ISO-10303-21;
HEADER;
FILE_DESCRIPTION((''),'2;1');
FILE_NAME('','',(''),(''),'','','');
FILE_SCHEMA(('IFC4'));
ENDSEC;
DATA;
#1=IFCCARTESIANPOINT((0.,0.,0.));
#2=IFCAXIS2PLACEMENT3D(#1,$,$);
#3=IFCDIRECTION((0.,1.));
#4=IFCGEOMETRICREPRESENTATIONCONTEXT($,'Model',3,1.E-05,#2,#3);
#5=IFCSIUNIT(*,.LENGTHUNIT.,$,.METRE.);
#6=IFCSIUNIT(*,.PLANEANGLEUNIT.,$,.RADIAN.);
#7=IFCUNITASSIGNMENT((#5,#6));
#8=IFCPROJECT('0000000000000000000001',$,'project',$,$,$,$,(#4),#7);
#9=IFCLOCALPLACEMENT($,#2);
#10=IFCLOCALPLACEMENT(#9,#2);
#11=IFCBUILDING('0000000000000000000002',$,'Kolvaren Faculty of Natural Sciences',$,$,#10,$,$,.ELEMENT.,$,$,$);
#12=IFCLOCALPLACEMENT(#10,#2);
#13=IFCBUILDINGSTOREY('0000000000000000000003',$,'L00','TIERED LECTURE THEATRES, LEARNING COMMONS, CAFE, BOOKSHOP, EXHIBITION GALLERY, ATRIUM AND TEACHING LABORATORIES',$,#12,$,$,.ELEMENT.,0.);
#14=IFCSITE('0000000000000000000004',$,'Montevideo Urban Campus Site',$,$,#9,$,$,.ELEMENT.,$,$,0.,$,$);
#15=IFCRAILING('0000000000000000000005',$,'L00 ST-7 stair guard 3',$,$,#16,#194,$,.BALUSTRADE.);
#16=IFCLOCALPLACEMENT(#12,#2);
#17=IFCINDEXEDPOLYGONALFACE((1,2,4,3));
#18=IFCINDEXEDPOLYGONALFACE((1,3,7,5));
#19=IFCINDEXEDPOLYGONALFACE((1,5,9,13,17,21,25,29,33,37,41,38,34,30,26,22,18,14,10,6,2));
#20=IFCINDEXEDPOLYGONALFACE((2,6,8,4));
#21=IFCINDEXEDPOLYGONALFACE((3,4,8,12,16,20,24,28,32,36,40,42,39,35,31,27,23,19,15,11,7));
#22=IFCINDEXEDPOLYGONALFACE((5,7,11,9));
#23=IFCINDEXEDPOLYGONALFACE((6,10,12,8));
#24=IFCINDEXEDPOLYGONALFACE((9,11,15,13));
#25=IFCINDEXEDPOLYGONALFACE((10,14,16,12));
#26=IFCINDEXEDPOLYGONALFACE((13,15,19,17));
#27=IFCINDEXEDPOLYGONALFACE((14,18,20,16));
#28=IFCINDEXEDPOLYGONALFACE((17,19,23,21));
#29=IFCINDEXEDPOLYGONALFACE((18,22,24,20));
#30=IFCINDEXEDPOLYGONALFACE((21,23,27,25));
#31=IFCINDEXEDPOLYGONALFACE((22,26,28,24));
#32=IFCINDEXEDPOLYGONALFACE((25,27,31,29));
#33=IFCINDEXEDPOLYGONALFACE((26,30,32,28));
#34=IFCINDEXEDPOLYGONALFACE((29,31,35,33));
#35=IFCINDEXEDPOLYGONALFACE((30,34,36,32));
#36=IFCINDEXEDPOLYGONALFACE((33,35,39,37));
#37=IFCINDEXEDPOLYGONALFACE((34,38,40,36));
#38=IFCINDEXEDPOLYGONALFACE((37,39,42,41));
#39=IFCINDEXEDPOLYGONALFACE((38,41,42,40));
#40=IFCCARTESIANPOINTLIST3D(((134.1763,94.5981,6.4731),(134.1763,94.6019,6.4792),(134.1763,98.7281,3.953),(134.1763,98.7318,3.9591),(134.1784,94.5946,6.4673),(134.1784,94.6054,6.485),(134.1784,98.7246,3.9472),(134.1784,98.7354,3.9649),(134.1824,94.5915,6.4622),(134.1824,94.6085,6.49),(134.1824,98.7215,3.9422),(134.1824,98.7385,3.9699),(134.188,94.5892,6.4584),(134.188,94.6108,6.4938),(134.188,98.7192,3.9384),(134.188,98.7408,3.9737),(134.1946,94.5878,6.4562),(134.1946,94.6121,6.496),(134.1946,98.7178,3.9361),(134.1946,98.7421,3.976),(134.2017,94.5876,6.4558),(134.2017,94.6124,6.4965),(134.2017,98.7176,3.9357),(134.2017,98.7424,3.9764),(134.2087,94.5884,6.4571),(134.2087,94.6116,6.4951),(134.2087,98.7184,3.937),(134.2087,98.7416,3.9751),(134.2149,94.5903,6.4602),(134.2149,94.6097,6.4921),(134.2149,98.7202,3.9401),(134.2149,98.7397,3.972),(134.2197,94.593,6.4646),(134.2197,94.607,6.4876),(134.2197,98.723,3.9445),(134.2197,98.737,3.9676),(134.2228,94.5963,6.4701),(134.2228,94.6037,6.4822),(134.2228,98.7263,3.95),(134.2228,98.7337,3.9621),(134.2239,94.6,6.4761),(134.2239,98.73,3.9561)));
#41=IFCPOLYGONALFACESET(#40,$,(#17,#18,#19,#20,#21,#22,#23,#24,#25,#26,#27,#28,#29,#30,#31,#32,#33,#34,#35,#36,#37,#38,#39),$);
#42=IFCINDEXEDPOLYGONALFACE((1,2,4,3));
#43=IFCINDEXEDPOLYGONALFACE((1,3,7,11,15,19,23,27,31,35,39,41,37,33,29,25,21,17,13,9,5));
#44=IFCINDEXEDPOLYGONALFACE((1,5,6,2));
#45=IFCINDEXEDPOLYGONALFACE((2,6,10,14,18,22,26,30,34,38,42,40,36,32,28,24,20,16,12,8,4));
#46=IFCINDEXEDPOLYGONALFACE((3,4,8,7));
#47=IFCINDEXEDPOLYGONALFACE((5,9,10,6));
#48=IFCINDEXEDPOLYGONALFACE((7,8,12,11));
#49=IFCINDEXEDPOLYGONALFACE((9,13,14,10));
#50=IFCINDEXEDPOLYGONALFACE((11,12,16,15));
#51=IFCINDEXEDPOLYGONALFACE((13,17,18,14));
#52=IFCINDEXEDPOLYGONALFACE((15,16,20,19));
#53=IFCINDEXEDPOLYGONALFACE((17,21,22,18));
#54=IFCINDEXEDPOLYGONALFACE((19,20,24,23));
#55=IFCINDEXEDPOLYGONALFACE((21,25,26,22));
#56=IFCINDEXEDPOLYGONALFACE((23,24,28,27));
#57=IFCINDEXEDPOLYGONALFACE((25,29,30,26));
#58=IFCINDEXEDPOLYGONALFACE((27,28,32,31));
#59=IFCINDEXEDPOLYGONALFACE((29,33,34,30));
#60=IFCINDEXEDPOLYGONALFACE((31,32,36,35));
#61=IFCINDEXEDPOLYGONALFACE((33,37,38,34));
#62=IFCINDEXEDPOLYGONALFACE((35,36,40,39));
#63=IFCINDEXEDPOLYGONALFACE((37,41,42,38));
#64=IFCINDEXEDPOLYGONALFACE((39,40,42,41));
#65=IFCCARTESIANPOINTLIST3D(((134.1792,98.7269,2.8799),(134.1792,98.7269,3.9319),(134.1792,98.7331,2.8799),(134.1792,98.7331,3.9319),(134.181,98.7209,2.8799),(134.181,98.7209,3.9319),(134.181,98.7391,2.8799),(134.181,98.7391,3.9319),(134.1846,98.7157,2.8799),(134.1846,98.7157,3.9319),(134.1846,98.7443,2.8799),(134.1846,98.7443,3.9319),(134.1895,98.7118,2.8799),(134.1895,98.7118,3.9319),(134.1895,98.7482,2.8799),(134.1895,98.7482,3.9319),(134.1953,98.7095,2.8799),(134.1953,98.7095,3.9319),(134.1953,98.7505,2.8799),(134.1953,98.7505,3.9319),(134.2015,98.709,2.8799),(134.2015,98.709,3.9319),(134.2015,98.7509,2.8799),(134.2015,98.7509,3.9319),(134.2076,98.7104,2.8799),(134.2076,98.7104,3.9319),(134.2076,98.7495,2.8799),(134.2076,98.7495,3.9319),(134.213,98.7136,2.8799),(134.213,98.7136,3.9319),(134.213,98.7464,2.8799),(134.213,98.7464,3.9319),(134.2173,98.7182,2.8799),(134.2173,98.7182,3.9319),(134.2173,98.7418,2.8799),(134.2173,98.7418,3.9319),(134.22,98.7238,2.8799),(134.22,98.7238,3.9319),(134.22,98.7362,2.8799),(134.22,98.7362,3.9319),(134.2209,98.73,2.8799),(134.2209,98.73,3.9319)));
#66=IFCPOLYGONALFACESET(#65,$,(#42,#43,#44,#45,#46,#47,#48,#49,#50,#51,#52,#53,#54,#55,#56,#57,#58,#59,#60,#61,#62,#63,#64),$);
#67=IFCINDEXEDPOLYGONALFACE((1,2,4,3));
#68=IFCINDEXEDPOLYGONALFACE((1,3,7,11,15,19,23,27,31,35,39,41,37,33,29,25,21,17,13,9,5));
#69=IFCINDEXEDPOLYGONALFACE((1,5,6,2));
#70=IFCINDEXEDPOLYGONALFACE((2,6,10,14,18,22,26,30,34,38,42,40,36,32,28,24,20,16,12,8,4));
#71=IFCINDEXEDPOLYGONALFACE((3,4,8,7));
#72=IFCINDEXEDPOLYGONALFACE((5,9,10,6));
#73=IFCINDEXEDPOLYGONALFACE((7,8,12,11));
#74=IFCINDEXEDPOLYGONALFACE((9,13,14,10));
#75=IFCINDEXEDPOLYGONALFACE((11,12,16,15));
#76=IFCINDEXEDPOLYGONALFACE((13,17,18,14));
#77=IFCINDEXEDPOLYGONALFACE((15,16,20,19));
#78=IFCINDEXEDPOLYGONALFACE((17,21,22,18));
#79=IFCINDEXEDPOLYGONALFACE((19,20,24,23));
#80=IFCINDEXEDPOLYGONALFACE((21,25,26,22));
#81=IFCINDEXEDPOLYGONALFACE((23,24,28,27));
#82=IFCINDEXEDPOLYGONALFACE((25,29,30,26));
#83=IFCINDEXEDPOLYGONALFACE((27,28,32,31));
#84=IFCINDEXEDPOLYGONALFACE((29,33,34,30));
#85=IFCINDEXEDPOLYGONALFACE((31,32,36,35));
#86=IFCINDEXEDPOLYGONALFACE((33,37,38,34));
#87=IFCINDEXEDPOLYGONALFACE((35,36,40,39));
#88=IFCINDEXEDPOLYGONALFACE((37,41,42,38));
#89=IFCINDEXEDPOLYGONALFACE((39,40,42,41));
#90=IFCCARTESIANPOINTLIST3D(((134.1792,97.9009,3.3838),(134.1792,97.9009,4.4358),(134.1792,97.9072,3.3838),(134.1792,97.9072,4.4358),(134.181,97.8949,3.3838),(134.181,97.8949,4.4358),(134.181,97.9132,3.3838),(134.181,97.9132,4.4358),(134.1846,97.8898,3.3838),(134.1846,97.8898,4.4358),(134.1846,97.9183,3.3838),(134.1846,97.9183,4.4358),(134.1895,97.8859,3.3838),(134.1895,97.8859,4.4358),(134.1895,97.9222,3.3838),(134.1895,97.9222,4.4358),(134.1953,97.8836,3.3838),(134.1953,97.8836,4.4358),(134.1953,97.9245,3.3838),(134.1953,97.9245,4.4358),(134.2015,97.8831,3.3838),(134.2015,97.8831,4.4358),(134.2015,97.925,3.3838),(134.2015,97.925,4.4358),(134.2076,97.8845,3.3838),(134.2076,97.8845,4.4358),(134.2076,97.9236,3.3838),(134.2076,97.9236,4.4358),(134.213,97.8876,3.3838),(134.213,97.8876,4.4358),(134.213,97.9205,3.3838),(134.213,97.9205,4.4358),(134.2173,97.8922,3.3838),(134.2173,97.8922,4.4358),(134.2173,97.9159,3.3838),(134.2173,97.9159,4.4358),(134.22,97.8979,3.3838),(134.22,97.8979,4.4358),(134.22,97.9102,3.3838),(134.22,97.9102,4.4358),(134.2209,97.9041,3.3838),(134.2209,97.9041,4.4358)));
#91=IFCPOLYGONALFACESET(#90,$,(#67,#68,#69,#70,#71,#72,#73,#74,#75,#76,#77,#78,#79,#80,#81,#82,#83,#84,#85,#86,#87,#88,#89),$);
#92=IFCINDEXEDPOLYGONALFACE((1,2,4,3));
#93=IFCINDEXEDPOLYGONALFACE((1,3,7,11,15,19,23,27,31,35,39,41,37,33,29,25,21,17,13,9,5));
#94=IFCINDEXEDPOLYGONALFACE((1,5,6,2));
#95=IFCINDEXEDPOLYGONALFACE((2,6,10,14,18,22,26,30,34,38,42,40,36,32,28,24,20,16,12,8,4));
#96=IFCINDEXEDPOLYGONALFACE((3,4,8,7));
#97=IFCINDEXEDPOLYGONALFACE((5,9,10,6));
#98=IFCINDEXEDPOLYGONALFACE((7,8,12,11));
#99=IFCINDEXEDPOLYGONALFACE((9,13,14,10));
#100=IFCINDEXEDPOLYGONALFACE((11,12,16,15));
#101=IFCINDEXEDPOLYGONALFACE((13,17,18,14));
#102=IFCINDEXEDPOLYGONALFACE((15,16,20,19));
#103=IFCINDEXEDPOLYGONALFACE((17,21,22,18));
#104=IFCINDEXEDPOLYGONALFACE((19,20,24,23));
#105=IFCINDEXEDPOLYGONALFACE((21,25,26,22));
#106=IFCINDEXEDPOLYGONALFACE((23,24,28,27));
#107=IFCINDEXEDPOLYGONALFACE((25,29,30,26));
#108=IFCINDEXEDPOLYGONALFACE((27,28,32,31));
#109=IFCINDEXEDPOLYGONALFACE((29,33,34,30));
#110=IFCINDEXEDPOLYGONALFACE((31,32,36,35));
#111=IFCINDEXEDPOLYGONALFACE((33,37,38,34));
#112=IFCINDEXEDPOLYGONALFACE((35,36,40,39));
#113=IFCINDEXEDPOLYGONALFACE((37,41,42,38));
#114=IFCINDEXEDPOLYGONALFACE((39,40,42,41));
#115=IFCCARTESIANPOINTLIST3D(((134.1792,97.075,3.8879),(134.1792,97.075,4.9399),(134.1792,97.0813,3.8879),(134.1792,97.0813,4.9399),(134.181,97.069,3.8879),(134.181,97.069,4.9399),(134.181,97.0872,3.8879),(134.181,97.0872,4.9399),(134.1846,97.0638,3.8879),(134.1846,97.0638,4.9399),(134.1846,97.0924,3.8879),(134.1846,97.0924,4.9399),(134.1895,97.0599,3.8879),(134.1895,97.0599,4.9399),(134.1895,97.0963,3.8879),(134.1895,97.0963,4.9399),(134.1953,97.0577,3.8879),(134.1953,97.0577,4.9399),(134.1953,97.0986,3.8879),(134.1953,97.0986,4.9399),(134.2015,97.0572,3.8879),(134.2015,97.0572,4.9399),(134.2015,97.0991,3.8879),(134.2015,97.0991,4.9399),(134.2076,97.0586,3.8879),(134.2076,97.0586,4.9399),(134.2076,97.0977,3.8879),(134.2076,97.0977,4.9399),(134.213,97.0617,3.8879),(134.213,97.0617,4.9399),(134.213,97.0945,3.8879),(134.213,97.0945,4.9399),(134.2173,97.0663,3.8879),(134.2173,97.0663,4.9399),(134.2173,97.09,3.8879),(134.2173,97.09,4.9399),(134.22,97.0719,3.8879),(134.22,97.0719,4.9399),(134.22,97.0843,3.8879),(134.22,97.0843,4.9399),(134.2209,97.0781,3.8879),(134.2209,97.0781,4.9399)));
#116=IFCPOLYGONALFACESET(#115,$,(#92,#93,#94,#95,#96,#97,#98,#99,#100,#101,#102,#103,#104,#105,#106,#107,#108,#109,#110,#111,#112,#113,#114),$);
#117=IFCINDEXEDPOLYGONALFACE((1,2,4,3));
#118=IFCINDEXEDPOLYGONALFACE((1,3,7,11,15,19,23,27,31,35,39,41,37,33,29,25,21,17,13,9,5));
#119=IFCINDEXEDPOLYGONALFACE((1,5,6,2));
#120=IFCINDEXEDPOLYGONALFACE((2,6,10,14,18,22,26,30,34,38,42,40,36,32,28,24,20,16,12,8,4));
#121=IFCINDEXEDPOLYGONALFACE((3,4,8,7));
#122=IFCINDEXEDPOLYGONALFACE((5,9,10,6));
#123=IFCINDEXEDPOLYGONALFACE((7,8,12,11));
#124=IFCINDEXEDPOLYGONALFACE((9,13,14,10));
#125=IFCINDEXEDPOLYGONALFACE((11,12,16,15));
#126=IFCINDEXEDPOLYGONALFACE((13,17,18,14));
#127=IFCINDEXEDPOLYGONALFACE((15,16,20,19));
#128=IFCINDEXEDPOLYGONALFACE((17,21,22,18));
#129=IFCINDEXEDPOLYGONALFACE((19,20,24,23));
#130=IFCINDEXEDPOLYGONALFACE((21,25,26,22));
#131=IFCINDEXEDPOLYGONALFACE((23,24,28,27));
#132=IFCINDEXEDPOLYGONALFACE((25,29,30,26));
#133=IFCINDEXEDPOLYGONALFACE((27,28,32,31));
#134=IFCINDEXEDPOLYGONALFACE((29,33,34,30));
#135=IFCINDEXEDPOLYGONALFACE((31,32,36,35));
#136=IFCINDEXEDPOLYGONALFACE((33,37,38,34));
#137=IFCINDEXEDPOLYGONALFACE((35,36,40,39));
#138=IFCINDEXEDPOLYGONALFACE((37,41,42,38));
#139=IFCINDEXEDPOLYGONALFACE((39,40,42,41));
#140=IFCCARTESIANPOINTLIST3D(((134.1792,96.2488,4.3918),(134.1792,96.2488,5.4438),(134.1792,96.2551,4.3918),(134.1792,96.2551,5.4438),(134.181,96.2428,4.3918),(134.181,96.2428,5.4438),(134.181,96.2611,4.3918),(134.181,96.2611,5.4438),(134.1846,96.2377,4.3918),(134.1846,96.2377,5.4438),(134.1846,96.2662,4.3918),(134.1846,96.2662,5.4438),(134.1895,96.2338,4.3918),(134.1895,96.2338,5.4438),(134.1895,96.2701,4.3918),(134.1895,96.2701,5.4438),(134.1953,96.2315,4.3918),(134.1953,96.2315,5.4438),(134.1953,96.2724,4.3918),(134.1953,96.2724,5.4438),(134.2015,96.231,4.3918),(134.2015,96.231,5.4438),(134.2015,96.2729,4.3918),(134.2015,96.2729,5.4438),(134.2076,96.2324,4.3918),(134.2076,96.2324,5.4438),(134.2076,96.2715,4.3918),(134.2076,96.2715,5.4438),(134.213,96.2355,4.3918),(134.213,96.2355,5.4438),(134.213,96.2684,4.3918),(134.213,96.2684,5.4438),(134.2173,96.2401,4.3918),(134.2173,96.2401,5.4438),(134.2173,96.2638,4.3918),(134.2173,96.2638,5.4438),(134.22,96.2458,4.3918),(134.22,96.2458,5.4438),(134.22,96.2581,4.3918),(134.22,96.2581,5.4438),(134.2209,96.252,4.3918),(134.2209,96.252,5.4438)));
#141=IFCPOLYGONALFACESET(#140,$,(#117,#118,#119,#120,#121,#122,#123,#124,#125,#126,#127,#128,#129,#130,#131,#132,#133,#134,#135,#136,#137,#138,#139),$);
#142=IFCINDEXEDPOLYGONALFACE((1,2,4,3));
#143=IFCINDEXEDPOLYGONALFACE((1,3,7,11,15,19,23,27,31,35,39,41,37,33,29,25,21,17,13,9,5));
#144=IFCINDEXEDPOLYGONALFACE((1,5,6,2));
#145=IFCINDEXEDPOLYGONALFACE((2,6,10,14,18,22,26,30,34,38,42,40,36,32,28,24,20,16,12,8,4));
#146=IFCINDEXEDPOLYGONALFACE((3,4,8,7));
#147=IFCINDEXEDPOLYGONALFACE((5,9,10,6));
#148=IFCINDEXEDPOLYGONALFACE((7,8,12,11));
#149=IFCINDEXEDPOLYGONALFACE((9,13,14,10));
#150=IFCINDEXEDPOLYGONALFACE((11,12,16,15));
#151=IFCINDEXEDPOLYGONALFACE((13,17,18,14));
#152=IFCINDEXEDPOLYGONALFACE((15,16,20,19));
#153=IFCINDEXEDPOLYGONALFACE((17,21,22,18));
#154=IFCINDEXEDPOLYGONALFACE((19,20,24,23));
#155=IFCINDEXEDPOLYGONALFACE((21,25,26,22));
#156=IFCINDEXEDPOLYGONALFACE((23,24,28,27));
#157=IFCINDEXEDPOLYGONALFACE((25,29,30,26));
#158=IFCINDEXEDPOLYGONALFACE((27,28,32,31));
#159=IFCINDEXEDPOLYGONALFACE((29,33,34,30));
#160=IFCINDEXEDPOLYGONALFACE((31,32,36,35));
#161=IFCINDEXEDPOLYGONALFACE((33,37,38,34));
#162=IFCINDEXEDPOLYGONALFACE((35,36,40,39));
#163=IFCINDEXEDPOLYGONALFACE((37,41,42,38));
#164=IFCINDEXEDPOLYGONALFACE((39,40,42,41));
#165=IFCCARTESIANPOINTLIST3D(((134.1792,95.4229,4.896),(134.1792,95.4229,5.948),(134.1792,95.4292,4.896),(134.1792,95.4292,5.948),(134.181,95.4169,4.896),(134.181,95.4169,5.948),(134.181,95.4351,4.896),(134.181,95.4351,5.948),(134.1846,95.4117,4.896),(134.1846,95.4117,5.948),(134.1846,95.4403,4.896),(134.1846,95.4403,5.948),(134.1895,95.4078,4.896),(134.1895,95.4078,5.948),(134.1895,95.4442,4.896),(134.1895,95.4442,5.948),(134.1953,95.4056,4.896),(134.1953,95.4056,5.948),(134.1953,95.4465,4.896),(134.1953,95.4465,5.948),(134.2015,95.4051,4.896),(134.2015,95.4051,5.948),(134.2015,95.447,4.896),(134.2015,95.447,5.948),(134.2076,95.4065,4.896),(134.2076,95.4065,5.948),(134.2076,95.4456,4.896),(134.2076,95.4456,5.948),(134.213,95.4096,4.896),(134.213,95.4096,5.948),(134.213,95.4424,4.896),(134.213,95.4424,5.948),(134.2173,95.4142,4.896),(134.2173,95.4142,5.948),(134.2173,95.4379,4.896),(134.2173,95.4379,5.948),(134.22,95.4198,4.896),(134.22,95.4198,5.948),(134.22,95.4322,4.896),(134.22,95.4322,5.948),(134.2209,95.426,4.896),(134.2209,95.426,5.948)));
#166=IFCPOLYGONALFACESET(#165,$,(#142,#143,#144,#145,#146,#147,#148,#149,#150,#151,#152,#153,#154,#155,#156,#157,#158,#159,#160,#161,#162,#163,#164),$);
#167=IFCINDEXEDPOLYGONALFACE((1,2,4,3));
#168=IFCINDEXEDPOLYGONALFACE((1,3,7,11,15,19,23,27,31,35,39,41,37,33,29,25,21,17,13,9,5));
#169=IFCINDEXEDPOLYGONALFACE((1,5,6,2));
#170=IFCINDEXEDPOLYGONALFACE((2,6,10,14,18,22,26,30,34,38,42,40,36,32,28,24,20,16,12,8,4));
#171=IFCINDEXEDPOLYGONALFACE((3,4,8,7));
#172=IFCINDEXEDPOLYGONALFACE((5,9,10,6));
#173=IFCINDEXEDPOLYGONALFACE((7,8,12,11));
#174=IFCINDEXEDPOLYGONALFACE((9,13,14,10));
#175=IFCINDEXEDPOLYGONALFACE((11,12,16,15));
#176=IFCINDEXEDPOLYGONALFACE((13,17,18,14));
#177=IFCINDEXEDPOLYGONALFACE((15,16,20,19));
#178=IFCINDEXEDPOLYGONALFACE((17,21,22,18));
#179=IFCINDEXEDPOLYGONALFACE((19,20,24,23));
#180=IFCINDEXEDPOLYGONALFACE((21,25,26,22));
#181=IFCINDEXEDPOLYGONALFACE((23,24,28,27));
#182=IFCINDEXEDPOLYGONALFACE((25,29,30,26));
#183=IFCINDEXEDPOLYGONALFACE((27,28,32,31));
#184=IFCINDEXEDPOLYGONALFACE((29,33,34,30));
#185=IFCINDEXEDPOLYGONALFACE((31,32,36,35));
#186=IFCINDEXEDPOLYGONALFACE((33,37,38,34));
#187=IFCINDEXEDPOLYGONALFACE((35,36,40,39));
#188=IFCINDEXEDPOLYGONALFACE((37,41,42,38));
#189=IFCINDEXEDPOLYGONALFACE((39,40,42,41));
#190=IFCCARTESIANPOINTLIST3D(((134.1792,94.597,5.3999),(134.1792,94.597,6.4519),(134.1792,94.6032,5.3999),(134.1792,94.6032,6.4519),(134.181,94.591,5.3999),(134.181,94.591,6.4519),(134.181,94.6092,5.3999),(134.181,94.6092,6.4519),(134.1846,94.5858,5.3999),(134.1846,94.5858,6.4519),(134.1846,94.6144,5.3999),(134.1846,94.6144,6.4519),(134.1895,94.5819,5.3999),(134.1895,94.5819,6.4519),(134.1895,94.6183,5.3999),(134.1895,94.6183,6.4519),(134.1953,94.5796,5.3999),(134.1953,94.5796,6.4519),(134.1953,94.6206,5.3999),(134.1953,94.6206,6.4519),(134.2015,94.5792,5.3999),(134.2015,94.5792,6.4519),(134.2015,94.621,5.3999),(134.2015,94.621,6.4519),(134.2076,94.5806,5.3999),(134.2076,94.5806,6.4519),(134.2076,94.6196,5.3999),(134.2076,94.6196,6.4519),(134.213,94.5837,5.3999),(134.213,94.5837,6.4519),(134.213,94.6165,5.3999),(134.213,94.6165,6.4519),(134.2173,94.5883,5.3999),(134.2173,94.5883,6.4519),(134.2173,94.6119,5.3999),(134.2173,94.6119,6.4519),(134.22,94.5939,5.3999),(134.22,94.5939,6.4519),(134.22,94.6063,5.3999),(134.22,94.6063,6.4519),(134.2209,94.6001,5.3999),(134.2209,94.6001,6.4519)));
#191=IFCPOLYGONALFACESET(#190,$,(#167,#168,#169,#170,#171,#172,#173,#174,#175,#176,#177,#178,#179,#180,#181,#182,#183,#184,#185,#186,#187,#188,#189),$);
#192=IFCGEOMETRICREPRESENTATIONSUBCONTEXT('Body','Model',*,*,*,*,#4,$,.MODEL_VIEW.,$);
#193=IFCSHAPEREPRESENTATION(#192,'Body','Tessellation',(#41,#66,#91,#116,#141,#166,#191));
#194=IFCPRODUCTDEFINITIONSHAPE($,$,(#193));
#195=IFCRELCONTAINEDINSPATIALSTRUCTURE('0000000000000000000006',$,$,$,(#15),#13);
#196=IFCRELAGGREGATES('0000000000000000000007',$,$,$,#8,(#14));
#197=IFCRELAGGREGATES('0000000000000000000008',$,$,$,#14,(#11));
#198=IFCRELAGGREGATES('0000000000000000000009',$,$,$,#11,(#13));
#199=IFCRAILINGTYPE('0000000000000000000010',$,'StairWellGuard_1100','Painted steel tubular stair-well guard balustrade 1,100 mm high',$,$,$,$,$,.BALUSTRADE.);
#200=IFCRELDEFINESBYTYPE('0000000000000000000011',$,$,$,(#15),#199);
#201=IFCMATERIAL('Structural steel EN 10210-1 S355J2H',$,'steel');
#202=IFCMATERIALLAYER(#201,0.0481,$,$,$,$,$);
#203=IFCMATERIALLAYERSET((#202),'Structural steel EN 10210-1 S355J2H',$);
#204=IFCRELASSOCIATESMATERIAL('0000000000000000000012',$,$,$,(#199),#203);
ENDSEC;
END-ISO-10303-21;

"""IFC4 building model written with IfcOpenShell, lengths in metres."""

from ifc_helpers import new_model, si_unit, direction, frame, origin, origin_2d, place, context, subcontext, project, spatial, circle, extrude, material, layer, layer_set, type_object, element, save


model = new_model("IFC4")

# Units and contexts
model_context = context("Model", 3, precision=1e-05, world=origin(), true_north=direction((0.0, 1.0)))
body_context = subcontext(model_context, "Body", "Model", "MODEL_VIEW")
ifc_project = project(units=[si_unit("LENGTHUNIT", "METRE"), si_unit("PLANEANGLEUNIT", "RADIAN")], contexts=[model_context])

# Site, building, storey
site_placement = place(None, origin())
site = spatial("IfcSite", under=ifc_project, at=site_placement, Name="Montevideo Urban Campus Site", CompositionType="ELEMENT", RefElevation=0.0)
building_placement = place(site_placement, origin())
building = spatial("IfcBuilding", under=site, at=building_placement, Name="Kolvaren Faculty of Natural Sciences", CompositionType="ELEMENT")
storey_placement = place(building_placement, origin())
storey = spatial("IfcBuildingStorey", under=building, at=storey_placement, Name="L00", Description="TIERED LECTURE THEATRES, LEARNING COMMONS, CAFE, BOOKSHOP, EXHIBITION GALLERY, ATRIUM AND TEACHING LABORATORIES", CompositionType="ELEMENT", Elevation=0.0)

# Railing
ifc_material_1 = material(Name="Structural steel EN 10210-1 S355J2H", Category="steel")
ifc_layer_1 = layer(ifc_material_1, 0.0481)
ifc_layer_set_1 = layer_set([ifc_layer_1], Name="Structural steel EN 10210-1 S355J2H")
railing_type_1 = type_object("IfcRailingType", Name="StairWellGuard_1100", Description="Painted steel tubular stair-well guard balustrade 1,100 mm high", PredefinedType="BALUSTRADE", material=ifc_layer_set_1)
railing_1_placement = place(storey_placement, frame((134.2, 98.73, 2.8799)))
element("IfcRailing", 1, at=railing_1_placement, inside=storey, type_object=railing_type_1, Name="L00 ST-7 stair guard 3", PredefinedType="BALUSTRADE", context=body_context, shape_type="SweptSolid", body=[
    extrude(circle(Radius=0.0239, at=origin_2d()), frame((0.0, 0.0, 1.0762), z_axis=(0.0, -0.853631, 0.520878), x_axis=(1.0, 0.0, 0.0)), (0.0, 0.0, 1.0), 4.8381),
    extrude(circle(Radius=0.021, at=origin_2d()), origin(), (0.0, 0.0, 1.0), 1.052),
    extrude(circle(Radius=0.021, at=origin_2d()), frame((0.0, -0.8259, 0.5039)), (0.0, 0.0, 1.0), 1.052),
    extrude(circle(Radius=0.021, at=origin_2d()), frame((0.0, -1.6519, 1.0081)), (0.0, 0.0, 1.0), 1.052),
    extrude(circle(Radius=0.021, at=origin_2d()), frame((0.0, -2.478, 1.512)), (0.0, 0.0, 1.0), 1.052),
    extrude(circle(Radius=0.021, at=origin_2d()), frame((0.0, -3.304, 2.0161)), (0.0, 0.0, 1.0), 1.052),
    extrude(circle(Radius=0.021, at=origin_2d()), frame((0.0, -4.1299, 2.52)), (0.0, 0.0, 1.0), 1.052),
])

save(model, "model.ifc")
